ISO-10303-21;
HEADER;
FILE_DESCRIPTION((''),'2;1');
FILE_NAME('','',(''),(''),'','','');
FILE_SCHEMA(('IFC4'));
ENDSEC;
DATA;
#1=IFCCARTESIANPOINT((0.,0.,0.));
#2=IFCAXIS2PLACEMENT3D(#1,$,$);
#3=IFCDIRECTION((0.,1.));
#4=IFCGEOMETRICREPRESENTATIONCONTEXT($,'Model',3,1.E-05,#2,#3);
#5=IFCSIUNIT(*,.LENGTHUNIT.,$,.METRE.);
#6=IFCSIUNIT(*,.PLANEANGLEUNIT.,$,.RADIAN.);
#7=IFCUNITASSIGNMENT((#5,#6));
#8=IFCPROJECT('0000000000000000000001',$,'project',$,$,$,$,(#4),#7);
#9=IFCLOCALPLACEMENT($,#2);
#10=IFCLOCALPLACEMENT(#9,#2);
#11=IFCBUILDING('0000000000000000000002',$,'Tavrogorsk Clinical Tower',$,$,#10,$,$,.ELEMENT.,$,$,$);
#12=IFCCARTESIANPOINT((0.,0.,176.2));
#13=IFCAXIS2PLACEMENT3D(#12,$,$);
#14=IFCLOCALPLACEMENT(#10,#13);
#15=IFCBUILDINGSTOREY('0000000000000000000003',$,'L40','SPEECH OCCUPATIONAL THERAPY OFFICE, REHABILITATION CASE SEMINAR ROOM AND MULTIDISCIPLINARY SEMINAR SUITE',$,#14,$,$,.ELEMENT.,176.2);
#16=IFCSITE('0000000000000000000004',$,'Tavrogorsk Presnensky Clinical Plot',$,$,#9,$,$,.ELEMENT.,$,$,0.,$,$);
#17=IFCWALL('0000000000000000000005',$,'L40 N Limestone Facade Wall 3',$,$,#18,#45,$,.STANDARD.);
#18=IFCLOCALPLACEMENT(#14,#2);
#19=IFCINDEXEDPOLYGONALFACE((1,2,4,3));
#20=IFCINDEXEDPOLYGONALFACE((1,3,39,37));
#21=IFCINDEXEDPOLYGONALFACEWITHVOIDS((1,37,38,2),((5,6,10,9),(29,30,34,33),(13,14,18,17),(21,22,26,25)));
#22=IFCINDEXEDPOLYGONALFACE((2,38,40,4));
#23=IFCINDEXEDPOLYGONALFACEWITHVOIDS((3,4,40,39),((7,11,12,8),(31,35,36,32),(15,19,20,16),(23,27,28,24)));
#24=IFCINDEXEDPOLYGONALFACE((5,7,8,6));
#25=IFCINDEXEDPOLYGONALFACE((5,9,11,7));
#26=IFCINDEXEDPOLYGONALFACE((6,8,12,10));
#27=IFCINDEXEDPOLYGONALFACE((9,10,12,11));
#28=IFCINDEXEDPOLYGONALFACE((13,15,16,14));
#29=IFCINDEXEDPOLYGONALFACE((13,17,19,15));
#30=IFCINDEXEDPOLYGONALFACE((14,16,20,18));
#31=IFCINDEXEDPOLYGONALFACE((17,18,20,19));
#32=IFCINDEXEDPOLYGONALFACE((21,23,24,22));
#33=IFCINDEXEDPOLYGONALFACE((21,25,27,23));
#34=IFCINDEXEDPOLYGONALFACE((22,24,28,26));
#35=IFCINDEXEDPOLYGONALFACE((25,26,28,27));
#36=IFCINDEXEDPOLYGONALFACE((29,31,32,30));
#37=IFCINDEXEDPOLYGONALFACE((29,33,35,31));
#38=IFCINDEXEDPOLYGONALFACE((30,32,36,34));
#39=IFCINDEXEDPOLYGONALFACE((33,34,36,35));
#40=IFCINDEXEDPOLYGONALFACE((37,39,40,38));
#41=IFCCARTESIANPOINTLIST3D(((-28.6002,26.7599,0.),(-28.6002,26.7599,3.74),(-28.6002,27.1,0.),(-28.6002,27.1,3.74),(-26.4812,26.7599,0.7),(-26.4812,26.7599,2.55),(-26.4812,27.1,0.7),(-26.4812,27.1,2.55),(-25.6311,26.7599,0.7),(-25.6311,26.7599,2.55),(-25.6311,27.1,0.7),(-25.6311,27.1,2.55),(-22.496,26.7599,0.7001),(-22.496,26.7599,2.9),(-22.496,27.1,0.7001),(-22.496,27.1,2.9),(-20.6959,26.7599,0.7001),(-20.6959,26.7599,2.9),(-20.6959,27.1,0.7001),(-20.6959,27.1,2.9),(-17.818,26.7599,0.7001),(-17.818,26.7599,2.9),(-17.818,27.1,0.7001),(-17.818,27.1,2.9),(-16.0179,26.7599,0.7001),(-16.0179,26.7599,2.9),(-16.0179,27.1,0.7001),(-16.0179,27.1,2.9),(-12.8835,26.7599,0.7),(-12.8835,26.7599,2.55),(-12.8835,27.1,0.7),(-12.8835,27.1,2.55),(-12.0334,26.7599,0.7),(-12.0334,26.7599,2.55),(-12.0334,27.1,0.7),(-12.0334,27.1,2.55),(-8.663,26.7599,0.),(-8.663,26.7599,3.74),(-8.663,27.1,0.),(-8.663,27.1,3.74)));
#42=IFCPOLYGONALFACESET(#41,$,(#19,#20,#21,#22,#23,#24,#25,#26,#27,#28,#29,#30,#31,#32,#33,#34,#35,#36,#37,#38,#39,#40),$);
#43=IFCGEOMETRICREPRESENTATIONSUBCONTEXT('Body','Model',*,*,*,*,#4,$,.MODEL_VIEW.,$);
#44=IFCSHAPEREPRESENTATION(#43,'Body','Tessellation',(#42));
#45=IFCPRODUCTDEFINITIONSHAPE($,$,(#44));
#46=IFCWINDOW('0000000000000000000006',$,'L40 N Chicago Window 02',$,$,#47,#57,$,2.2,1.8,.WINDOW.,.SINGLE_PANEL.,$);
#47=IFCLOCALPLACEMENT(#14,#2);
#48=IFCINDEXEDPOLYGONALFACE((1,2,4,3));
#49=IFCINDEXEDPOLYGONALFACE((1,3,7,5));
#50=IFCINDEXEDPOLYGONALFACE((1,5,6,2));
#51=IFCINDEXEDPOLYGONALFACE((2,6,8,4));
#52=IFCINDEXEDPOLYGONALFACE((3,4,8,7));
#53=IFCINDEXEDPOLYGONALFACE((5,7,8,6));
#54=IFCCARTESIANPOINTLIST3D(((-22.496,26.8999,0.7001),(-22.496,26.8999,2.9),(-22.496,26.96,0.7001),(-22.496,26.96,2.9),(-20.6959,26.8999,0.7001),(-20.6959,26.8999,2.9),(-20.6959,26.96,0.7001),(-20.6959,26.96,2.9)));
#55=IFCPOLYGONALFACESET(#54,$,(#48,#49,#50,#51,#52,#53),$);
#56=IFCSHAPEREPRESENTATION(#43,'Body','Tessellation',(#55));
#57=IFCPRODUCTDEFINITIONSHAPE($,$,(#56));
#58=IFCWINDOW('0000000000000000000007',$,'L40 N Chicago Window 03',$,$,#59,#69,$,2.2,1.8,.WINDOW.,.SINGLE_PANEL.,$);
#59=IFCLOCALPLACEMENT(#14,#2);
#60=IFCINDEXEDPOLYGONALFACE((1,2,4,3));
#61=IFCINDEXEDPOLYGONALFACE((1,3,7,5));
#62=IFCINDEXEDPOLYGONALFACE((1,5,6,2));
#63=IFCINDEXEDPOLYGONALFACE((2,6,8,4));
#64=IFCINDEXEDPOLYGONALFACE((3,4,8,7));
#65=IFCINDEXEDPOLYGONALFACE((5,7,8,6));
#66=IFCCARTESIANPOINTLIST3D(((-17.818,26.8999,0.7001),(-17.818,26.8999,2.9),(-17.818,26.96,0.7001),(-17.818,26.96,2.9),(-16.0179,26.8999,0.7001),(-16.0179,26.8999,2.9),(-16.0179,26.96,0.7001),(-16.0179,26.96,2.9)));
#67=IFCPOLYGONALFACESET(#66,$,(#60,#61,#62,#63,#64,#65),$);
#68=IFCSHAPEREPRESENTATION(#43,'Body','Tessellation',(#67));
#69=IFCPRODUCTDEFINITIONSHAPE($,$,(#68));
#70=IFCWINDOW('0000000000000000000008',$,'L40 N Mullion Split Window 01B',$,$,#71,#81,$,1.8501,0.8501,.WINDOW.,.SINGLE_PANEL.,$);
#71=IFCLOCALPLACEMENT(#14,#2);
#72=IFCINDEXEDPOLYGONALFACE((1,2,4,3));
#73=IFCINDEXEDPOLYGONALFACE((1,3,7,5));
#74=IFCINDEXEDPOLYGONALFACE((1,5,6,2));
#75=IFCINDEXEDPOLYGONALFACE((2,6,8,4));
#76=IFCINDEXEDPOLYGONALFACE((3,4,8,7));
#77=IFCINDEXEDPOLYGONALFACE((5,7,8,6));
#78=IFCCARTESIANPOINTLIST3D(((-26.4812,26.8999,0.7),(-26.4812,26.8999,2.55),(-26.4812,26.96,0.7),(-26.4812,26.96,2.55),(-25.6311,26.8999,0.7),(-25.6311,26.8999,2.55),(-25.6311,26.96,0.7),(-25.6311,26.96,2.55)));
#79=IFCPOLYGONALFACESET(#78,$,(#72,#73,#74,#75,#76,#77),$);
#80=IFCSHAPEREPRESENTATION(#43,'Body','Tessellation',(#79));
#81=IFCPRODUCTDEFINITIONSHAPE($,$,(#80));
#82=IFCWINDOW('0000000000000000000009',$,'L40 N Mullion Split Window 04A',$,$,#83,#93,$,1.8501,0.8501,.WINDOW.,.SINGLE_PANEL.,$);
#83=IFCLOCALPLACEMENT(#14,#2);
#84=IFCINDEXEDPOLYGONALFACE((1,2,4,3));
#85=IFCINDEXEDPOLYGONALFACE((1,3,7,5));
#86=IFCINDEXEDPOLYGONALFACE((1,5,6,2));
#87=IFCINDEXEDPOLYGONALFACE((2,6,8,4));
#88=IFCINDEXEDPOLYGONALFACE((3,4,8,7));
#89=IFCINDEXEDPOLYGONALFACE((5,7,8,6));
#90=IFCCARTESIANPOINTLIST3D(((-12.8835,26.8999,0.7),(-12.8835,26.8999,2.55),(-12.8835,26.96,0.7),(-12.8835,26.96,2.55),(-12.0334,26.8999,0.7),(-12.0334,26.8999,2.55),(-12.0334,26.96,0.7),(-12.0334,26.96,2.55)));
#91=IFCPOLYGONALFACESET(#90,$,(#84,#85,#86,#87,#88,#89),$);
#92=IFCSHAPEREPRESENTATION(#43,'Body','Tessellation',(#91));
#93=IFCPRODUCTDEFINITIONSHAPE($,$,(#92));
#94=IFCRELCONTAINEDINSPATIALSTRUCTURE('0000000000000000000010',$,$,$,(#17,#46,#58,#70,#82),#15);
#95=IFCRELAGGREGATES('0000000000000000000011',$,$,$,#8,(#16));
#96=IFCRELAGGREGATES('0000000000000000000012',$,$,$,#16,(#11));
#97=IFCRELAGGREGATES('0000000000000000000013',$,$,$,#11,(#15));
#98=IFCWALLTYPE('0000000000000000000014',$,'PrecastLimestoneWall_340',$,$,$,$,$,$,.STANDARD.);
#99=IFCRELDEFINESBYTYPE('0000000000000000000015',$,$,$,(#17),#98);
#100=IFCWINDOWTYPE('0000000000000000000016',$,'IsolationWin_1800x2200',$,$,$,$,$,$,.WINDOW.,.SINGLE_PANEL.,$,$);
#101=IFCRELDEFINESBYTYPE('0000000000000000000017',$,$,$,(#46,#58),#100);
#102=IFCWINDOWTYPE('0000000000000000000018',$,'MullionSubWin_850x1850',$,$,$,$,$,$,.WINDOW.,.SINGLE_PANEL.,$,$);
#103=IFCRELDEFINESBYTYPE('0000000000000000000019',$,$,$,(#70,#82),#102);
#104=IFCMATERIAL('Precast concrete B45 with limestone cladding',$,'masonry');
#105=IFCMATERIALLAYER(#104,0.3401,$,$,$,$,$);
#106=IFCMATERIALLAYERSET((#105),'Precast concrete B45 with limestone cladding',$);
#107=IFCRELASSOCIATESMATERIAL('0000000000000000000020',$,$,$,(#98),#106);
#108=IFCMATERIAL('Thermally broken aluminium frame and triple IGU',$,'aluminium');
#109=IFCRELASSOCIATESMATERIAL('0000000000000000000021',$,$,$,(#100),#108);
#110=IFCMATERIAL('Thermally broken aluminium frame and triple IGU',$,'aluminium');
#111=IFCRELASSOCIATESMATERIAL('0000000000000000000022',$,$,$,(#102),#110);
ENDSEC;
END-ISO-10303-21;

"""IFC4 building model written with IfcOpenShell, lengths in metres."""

from ifc_helpers import new_model, si_unit, direction, frame, frame_2d, origin, place, context, subcontext, project, spatial, rectangle, extrude, material, layer, layer_set, type_object, element, fill, save


model = new_model("IFC4")

# Units and contexts
model_context = context("Model", 3, precision=1e-05, world=origin(), true_north=direction((0.0, 1.0)))
body_context = subcontext(model_context, "Body", "Model", "MODEL_VIEW")
ifc_project = project(units=[si_unit("LENGTHUNIT", "METRE"), si_unit("PLANEANGLEUNIT", "RADIAN")], contexts=[model_context])

# Site, building, storey
site_placement = place(None, origin())
site = spatial("IfcSite", under=ifc_project, at=site_placement, Name="Tavrogorsk Presnensky Clinical Plot", CompositionType="ELEMENT", RefElevation=0.0)
building_placement = place(site_placement, origin())
building = spatial("IfcBuilding", under=site, at=building_placement, Name="Tavrogorsk Clinical Tower", CompositionType="ELEMENT")
storey_placement = place(building_placement, frame((0.0, 0.0, 176.2)))
storey = spatial("IfcBuildingStorey", under=building, at=storey_placement, Name="L40", Description="SPEECH OCCUPATIONAL THERAPY OFFICE, REHABILITATION CASE SEMINAR ROOM AND MULTIDISCIPLINARY SEMINAR SUITE", CompositionType="ELEMENT", Elevation=176.2)

# Wall, openings, windows
ifc_material_1 = material(Name="Precast concrete B45 with limestone cladding", Category="masonry")
ifc_layer_1 = layer(ifc_material_1, 0.3401)
ifc_layer_set_1 = layer_set([ifc_layer_1], Name="Precast concrete B45 with limestone cladding")
wall_type_1 = type_object("IfcWallType", Name="PrecastLimestoneWall_340", PredefinedType="STANDARD", material=ifc_layer_set_1)
wall_1_placement = place(storey_placement, frame((-8.6628, 26.9299, 0.0), z_axis=(0.0, 0.0, 1.0), x_axis=(-1.0, 0.0, 0.0)))
wall_1 = element("IfcWall", 1, at=wall_1_placement, inside=storey, type_object=wall_type_1, Name="L40 N Limestone Facade Wall 3", PredefinedType="STANDARD", context=body_context, shape_type="SweptSolid", body=[
    extrude(rectangle(XDim=19.9373, YDim=0.3401, at=frame_2d((9.9688, 0.0))), origin(), (0.0, 0.0, 1.0), 3.74),
])
opening_1_placement = place(wall_1_placement, frame((16.9683, 0.0, 0.7)))
opening_1 = element("IfcOpeningElement", 2, at=opening_1_placement, cuts=wall_1, PredefinedType="OPENING", context=body_context, shape_type="SweptSolid", body=[
    extrude(rectangle(XDim=0.8501, YDim=1.8501, at=frame_2d((0.425, 0.925))), frame((0.0, 0.1799, 0.0), z_axis=(0.0, -1.0, 0.0), x_axis=(1.0, 0.0, 0.0)), (0.0, 0.0, 1.0), 0.3601),
])
opening_2_placement = place(wall_1_placement, frame((12.0332, 0.0, 0.7)))
opening_2 = element("IfcOpeningElement", 3, at=opening_2_placement, cuts=wall_1, PredefinedType="OPENING", context=body_context, shape_type="SweptSolid", body=[
    extrude(rectangle(XDim=1.8, YDim=2.2, at=frame_2d((0.8999, 1.1001))), frame((0.0, 0.1799, 0.0), z_axis=(0.0, -1.0, 0.0), x_axis=(1.0, 0.0, 0.0)), (0.0, 0.0, 1.0), 0.3601),
])
opening_3_placement = place(wall_1_placement, frame((7.3552, 0.0, 0.7)))
opening_3 = element("IfcOpeningElement", 4, at=opening_3_placement, cuts=wall_1, PredefinedType="OPENING", context=body_context, shape_type="SweptSolid", body=[
    extrude(rectangle(XDim=1.8, YDim=2.2, at=frame_2d((0.8999, 1.1001))), frame((0.0, 0.1799, 0.0), z_axis=(0.0, -1.0, 0.0), x_axis=(1.0, 0.0, 0.0)), (0.0, 0.0, 1.0), 0.3601),
])
opening_4_placement = place(wall_1_placement, frame((3.3706, 0.0, 0.7)))
opening_4 = element("IfcOpeningElement", 5, at=opening_4_placement, cuts=wall_1, PredefinedType="OPENING", context=body_context, shape_type="SweptSolid", body=[
    extrude(rectangle(XDim=0.8501, YDim=1.8501, at=frame_2d((0.425, 0.925))), frame((0.0, 0.1799, 0.0), z_axis=(0.0, -1.0, 0.0), x_axis=(1.0, 0.0, 0.0)), (0.0, 0.0, 1.0), 0.3601),
])
ifc_material_2 = material(Name="Thermally broken aluminium frame and triple IGU", Category="aluminium")
window_type_1 = type_object("IfcWindowType", Name="IsolationWin_1800x2200", PartitioningType="SINGLE_PANEL", PredefinedType="WINDOW", material=ifc_material_2)
window_1_placement = place(opening_2_placement, origin())
window_1 = element("IfcWindow", 6, at=window_1_placement, inside=storey, type_object=window_type_1, Name="L40 N Chicago Window 02", OverallHeight=2.2, OverallWidth=1.8, PartitioningType="SINGLE_PANEL", PredefinedType="WINDOW", context=body_context, shape_type="SweptSolid", body=[
    extrude(rectangle(XDim=1.8, YDim=2.2, at=frame_2d((0.8999, 1.1001))), frame((0.0, 0.03, 0.0), z_axis=(0.0, -1.0, 0.0), x_axis=(1.0, 0.0, 0.0)), (0.0, 0.0, 1.0), 0.0601),
])
fill(opening_2, window_1)
window_2_placement = place(opening_3_placement, origin())
window_2 = element("IfcWindow", 7, at=window_2_placement, inside=storey, type_object=window_type_1, Name="L40 N Chicago Window 03", OverallHeight=2.2, OverallWidth=1.8, PartitioningType="SINGLE_PANEL", PredefinedType="WINDOW", context=body_context, shape_type="SweptSolid", body=[
    extrude(rectangle(XDim=1.8, YDim=2.2, at=frame_2d((0.8999, 1.1001))), frame((0.0, 0.03, 0.0), z_axis=(0.0, -1.0, 0.0), x_axis=(1.0, 0.0, 0.0)), (0.0, 0.0, 1.0), 0.0601),
])
fill(opening_3, window_2)
ifc_material_3 = material(Name="Thermally broken aluminium frame and triple IGU", Category="aluminium")
window_type_2 = type_object("IfcWindowType", Name="MullionSubWin_850x1850", PartitioningType="SINGLE_PANEL", PredefinedType="WINDOW", material=ifc_material_3)
window_3_placement = place(opening_1_placement, origin())
window_3 = element("IfcWindow", 8, at=window_3_placement, inside=storey, type_object=window_type_2, Name="L40 N Mullion Split Window 01B", OverallHeight=1.8501, OverallWidth=0.8501, PartitioningType="SINGLE_PANEL", PredefinedType="WINDOW", context=body_context, shape_type="SweptSolid", body=[
    extrude(rectangle(XDim=0.8501, YDim=1.8501, at=frame_2d((0.425, 0.925))), frame((0.0, 0.03, 0.0), z_axis=(0.0, -1.0, 0.0), x_axis=(1.0, 0.0, 0.0)), (0.0, 0.0, 1.0), 0.0601),
])
fill(opening_1, window_3)
window_4_placement = place(opening_4_placement, origin())
window_4 = element("IfcWindow", 9, at=window_4_placement, inside=storey, type_object=window_type_2, Name="L40 N Mullion Split Window 04A", OverallHeight=1.8501, OverallWidth=0.8501, PartitioningType="SINGLE_PANEL", PredefinedType="WINDOW", context=body_context, shape_type="SweptSolid", body=[
    extrude(rectangle(XDim=0.8501, YDim=1.8501, at=frame_2d((0.425, 0.925))), frame((0.0, 0.03, 0.0), z_axis=(0.0, -1.0, 0.0), x_axis=(1.0, 0.0, 0.0)), (0.0, 0.0, 1.0), 0.0601),
])
fill(opening_4, window_4)

save(model, "model.ifc")
